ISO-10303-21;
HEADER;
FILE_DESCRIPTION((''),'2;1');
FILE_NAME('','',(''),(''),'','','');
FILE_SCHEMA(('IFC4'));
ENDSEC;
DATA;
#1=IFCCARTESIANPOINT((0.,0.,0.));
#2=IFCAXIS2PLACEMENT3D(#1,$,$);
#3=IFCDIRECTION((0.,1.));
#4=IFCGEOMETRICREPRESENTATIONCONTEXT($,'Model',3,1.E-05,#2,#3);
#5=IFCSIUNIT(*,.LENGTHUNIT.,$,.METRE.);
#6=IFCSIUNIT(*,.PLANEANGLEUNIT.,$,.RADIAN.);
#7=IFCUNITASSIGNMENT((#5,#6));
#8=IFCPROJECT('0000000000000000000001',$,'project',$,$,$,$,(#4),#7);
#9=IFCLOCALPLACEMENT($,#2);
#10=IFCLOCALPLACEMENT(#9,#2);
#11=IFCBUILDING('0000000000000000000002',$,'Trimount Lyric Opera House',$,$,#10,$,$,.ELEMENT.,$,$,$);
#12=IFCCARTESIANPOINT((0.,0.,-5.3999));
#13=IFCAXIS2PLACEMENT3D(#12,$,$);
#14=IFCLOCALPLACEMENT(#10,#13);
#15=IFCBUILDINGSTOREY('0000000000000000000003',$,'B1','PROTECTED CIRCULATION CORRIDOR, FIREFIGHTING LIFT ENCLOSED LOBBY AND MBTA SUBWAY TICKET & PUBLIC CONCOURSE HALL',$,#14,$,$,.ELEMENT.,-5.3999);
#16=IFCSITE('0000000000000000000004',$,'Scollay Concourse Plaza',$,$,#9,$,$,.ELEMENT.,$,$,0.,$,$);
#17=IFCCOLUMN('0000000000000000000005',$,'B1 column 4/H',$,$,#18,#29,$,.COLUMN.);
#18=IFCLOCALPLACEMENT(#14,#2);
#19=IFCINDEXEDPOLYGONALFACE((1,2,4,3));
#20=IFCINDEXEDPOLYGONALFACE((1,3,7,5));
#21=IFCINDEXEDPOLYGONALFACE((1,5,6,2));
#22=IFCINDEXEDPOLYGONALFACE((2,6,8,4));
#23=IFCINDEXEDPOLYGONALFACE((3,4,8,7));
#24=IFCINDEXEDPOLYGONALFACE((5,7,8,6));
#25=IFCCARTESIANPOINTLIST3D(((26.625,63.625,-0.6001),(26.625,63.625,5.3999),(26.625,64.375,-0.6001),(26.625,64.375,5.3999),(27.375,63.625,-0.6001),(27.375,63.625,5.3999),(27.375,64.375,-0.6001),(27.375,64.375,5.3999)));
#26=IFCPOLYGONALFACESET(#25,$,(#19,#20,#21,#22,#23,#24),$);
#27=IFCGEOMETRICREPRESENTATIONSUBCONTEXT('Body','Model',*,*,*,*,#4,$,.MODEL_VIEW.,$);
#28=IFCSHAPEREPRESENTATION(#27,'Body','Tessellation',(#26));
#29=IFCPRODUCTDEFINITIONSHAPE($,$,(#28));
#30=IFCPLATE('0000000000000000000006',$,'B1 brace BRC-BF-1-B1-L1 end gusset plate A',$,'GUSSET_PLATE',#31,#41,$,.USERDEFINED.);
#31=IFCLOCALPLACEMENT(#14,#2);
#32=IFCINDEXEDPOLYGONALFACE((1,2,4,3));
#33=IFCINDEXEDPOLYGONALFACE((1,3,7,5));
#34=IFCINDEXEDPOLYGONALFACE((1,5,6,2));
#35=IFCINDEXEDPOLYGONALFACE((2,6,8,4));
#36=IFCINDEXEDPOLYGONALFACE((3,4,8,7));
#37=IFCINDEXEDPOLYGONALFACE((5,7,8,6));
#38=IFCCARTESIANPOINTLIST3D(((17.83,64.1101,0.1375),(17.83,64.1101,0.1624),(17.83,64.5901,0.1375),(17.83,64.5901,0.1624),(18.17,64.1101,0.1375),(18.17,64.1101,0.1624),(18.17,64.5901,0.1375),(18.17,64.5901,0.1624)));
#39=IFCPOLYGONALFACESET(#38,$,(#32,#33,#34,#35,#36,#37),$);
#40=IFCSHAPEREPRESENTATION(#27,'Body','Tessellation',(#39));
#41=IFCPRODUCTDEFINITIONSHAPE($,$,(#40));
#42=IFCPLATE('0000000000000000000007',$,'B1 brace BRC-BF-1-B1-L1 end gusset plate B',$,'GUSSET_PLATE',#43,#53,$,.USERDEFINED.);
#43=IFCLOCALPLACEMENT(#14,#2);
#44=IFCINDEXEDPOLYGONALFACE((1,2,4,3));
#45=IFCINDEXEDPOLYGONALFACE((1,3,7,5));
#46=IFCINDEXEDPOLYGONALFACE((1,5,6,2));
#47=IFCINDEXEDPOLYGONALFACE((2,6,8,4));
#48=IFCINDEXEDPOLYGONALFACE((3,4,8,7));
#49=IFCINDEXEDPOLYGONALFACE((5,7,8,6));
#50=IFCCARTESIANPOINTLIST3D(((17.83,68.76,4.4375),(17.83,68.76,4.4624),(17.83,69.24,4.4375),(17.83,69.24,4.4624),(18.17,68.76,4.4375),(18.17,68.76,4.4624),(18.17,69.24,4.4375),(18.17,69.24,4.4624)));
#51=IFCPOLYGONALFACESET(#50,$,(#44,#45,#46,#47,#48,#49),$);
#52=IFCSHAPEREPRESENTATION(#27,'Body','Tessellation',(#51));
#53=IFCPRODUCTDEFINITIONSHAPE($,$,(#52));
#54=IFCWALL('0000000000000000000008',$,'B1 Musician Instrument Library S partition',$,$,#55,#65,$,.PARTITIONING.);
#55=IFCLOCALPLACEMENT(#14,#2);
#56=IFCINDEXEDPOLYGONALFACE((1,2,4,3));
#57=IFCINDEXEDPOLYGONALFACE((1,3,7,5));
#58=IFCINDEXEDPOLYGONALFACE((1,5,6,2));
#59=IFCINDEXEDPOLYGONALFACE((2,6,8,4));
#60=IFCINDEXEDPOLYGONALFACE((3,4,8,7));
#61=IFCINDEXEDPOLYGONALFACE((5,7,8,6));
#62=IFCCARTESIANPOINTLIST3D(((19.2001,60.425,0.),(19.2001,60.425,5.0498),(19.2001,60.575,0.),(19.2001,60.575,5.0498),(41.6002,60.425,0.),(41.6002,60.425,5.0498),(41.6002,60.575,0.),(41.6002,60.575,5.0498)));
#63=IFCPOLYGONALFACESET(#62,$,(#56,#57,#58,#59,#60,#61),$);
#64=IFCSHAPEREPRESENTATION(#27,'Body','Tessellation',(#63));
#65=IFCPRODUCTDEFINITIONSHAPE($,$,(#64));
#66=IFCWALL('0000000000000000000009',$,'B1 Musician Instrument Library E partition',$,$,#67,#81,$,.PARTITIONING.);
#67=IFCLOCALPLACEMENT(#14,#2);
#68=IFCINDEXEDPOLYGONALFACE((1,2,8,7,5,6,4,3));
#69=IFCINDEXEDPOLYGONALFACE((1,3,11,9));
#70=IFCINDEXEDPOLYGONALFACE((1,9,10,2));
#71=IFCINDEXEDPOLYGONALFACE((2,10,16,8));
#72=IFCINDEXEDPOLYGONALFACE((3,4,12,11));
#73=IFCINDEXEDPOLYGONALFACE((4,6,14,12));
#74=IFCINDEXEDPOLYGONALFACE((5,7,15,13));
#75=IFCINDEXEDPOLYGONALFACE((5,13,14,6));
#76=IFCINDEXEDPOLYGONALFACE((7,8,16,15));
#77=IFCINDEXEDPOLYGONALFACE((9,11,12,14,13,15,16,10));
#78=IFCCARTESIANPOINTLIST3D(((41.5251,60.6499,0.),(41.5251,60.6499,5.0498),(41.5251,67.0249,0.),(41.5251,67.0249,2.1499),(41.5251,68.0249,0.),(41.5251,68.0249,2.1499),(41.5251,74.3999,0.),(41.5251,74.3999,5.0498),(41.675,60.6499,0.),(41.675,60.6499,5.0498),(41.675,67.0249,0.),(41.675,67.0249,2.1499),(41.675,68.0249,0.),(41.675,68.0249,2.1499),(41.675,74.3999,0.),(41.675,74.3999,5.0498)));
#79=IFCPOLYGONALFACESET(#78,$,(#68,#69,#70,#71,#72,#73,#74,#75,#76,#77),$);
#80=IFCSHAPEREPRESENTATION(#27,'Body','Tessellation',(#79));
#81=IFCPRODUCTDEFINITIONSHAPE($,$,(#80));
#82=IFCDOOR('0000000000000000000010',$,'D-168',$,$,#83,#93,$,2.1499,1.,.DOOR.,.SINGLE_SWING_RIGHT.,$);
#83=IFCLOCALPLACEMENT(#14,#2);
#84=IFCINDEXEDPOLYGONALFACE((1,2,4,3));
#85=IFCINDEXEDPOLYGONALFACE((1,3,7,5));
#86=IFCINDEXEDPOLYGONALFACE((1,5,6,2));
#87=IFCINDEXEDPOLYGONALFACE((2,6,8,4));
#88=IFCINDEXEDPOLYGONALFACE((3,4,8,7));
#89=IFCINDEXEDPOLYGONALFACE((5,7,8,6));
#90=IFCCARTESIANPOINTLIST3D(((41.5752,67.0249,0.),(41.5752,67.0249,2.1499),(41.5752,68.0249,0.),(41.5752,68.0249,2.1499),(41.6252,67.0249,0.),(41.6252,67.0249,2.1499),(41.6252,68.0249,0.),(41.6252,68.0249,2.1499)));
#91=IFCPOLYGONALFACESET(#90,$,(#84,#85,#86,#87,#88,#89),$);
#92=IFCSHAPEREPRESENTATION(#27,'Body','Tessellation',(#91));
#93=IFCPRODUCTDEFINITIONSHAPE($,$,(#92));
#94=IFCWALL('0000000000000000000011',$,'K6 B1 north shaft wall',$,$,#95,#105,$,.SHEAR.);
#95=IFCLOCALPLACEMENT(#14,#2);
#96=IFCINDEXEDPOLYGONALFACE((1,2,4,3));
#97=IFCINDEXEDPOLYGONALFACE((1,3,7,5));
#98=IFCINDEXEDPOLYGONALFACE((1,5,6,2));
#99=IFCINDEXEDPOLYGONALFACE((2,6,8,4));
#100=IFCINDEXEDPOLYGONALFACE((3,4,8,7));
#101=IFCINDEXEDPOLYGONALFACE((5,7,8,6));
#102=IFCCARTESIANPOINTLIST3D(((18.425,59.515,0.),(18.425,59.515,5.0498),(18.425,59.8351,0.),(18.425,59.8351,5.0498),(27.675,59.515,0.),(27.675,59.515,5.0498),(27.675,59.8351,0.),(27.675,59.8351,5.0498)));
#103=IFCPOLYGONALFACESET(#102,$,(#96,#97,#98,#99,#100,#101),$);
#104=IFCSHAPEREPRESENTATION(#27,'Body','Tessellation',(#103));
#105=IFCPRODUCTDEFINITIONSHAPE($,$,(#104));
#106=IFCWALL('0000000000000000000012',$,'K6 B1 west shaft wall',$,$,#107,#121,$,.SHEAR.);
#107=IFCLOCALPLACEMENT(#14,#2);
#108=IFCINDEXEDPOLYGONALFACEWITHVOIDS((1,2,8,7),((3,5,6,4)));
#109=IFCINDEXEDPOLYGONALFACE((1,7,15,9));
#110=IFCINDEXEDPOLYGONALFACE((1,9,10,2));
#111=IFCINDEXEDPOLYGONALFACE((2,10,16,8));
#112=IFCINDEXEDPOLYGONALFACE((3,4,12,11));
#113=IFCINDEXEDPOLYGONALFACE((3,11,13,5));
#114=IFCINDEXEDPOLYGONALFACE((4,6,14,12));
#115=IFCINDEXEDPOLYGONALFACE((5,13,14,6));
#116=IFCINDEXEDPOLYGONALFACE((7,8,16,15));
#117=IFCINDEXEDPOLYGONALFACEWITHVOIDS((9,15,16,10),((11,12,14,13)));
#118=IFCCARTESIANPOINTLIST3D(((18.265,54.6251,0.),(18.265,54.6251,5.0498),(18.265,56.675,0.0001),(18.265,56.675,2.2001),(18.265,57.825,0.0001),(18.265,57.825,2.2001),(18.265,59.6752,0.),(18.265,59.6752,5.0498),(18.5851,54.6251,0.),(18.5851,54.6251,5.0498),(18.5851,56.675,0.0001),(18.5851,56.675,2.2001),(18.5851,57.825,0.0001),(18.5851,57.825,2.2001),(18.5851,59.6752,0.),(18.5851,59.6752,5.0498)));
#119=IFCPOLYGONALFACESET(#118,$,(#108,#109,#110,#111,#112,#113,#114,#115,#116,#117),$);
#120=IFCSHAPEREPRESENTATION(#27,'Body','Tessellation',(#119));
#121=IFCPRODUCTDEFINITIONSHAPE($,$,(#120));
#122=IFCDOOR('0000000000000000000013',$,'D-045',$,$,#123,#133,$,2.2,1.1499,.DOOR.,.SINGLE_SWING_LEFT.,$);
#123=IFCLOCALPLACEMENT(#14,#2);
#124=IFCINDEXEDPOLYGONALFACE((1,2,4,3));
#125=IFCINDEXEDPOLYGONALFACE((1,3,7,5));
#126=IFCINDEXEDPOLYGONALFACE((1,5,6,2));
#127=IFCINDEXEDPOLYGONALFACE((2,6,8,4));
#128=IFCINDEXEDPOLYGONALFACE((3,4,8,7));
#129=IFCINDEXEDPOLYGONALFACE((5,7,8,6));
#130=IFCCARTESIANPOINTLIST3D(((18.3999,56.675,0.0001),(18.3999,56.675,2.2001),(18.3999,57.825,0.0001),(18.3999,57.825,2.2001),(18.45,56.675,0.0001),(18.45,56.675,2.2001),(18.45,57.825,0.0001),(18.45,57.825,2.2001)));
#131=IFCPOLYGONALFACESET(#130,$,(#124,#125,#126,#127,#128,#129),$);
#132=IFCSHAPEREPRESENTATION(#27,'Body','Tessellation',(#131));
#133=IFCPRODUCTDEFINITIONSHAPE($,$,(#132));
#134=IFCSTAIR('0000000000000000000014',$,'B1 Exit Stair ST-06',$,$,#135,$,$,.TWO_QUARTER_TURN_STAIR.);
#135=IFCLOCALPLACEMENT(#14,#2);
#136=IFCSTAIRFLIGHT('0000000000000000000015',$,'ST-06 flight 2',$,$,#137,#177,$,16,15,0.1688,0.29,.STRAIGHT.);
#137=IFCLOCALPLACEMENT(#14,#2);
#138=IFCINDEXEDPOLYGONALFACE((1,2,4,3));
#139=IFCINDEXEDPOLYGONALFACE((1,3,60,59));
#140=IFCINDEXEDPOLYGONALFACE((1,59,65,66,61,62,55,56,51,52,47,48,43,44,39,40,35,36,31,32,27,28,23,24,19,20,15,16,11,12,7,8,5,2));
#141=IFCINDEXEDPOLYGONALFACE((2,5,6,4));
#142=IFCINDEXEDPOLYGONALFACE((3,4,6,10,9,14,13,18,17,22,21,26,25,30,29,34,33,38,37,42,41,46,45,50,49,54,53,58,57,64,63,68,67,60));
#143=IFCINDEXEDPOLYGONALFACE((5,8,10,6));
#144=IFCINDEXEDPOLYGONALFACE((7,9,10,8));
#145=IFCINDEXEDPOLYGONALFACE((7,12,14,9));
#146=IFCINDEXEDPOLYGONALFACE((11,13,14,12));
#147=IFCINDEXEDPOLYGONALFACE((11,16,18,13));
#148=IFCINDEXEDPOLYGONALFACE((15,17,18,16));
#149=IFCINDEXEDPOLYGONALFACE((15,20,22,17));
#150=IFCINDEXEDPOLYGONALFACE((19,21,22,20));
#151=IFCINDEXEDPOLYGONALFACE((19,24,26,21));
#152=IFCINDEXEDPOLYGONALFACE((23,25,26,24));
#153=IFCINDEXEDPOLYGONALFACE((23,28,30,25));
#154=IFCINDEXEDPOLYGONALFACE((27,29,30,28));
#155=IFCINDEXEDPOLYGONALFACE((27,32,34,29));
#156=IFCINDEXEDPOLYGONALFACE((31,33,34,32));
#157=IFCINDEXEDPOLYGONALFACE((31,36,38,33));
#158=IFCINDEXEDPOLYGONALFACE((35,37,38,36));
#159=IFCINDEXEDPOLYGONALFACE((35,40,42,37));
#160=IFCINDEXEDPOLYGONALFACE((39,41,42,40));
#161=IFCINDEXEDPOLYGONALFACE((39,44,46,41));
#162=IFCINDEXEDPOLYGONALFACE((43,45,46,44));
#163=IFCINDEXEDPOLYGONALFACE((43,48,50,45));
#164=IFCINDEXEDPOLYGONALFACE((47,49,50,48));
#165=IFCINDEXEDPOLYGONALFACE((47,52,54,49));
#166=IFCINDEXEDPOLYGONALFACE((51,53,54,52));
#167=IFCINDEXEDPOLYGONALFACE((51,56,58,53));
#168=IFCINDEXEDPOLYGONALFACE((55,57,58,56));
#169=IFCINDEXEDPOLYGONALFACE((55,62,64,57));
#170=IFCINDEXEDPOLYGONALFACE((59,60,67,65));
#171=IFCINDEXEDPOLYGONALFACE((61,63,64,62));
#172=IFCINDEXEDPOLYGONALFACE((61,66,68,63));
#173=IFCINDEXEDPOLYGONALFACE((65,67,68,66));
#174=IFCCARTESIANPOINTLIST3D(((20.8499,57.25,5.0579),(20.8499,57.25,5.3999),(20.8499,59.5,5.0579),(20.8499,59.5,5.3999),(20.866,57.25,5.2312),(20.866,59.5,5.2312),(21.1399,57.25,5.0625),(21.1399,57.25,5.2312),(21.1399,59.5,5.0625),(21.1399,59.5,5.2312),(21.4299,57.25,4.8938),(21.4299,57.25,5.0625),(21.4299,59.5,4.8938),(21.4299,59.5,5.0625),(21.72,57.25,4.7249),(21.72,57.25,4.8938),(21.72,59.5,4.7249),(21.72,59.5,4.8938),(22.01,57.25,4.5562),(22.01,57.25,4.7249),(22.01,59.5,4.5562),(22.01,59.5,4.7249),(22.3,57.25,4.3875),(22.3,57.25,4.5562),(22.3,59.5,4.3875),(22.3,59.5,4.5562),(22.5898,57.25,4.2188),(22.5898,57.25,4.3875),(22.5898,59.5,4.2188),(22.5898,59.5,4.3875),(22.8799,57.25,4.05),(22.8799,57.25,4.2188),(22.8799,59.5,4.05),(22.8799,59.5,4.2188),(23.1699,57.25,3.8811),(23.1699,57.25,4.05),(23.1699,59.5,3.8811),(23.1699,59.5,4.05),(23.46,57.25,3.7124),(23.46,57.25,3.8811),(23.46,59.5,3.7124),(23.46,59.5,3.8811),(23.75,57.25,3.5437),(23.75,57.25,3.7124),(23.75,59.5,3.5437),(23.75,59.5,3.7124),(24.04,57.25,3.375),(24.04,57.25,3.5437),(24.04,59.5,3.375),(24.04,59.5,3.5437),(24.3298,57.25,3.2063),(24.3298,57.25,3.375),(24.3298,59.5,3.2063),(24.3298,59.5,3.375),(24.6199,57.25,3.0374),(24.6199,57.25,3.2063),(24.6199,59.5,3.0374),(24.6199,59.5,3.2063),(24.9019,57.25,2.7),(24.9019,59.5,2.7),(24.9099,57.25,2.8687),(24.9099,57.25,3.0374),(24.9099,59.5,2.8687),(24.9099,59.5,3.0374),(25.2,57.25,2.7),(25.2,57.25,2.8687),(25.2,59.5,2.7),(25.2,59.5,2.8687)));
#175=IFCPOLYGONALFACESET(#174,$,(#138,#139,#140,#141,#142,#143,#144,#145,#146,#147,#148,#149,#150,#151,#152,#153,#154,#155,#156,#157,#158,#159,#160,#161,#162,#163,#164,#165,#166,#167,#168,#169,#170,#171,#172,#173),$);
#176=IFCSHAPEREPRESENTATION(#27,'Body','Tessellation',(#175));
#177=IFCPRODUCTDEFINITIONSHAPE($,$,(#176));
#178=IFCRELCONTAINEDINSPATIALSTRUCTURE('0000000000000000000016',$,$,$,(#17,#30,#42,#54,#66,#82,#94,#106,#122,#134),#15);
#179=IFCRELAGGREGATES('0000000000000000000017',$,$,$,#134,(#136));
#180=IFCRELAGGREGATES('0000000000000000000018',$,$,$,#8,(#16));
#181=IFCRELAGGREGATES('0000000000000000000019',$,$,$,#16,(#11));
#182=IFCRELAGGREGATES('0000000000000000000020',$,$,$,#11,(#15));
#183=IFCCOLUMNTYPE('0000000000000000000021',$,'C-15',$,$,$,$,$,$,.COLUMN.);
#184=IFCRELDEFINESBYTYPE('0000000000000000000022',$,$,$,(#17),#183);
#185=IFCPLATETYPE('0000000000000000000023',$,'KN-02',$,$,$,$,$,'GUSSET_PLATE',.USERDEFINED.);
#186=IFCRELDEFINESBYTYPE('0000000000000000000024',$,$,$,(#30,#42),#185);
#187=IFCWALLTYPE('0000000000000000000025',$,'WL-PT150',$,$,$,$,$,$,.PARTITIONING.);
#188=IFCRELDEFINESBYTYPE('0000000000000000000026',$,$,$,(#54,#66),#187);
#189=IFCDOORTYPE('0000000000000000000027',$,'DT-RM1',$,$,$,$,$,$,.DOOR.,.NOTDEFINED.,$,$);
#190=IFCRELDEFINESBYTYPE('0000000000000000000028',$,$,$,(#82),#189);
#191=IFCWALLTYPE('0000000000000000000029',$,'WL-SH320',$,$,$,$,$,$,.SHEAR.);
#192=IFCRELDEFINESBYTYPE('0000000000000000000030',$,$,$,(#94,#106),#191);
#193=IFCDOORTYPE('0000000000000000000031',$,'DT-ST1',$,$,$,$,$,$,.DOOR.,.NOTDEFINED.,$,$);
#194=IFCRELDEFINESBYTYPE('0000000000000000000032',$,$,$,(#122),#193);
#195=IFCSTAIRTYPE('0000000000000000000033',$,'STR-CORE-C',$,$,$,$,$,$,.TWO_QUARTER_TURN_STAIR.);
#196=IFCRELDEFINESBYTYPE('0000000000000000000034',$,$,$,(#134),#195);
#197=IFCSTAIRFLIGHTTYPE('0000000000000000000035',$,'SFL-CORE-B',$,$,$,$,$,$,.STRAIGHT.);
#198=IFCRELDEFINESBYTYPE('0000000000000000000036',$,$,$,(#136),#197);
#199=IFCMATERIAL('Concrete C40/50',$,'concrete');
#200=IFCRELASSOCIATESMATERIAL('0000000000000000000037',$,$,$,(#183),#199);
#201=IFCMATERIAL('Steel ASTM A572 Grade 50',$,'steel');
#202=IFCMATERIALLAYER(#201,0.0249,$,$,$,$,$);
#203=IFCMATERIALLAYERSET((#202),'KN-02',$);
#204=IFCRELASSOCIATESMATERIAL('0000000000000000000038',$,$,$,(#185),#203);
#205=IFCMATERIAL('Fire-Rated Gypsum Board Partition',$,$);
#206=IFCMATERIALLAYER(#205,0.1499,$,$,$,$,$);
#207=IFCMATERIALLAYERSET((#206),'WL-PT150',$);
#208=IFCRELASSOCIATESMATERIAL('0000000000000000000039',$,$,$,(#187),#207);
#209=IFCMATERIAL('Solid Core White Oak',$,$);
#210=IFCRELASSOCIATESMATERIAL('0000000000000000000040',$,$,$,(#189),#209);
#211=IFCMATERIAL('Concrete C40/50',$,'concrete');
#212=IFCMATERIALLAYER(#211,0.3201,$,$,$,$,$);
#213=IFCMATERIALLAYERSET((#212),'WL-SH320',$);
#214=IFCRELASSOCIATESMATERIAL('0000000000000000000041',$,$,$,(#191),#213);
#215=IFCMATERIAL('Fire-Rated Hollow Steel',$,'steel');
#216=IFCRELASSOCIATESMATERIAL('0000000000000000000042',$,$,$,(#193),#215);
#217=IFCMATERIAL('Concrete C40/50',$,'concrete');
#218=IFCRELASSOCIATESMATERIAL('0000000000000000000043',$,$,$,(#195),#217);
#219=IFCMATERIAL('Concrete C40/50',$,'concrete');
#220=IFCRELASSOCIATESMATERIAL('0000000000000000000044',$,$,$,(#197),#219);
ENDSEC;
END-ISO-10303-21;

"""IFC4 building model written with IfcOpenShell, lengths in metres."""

from ifc_helpers import new_model, si_unit, direction, frame, frame_2d, origin, origin_2d, place, context, subcontext, project, spatial, polyline, rectangle, outline, extrude, material, layer, layer_set, material_profile, profile_set, type_object, element, fill, aggregate, save


model = new_model("IFC4")

# Units and contexts
model_context = context("Model", 3, precision=1e-05, world=origin(), true_north=direction((0.0, 1.0)))
body_context = subcontext(model_context, "Body", "Model", "MODEL_VIEW")
ifc_project = project(units=[si_unit("LENGTHUNIT", "METRE"), si_unit("PLANEANGLEUNIT", "RADIAN")], contexts=[model_context])

# Site, building, storey
site_placement = place(None, origin())
site = spatial("IfcSite", under=ifc_project, at=site_placement, Name="Scollay Concourse Plaza", CompositionType="ELEMENT", RefElevation=0.0)
building_placement = place(site_placement, origin())
building = spatial("IfcBuilding", under=site, at=building_placement, Name="Trimount Lyric Opera House", CompositionType="ELEMENT")
storey_placement = place(building_placement, frame((0.0, 0.0, -5.3999)))
storey = spatial("IfcBuildingStorey", under=building, at=storey_placement, Name="B1", Description="PROTECTED CIRCULATION CORRIDOR, FIREFIGHTING LIFT ENCLOSED LOBBY AND MBTA SUBWAY TICKET & PUBLIC CONCOURSE HALL", CompositionType="ELEMENT", Elevation=-5.3999)

# Column
ifc_material_1 = material(Name="Concrete C40/50", Category="concrete")
ifc_material_profile_1 = material_profile(ifc_material_1, rectangle(XDim=0.75, YDim=0.75, at=origin_2d()), Name="RC750X750")
ifc_profile_set_1 = profile_set([ifc_material_profile_1], Name="Concrete C40/50")
column_type_1 = type_object("IfcColumnType", Name="C-15", PredefinedType="COLUMN", material=ifc_profile_set_1)
column_1_placement = place(storey_placement, frame((27.0, 64.0, -0.6001), z_axis=(0.0, 0.0, 1.0), x_axis=(1.0, 0.0, 0.0)))
element("IfcColumn", 1, at=column_1_placement, inside=storey, type_object=column_type_1, Name="B1 column 4/H", PredefinedType="COLUMN", context=body_context, shape_type="SweptSolid", body=[
    extrude(rectangle(XDim=0.75, YDim=0.75, at=origin_2d()), origin(), (0.0, 0.0, 1.0), 6.0),
])

# Plates
ifc_material_2 = material(Name="Steel ASTM A572 Grade 50", Category="steel")
ifc_layer_1 = layer(ifc_material_2, 0.0249)
ifc_layer_set_1 = layer_set([ifc_layer_1], Name="KN-02")
plate_type = type_object("IfcPlateType", Name="KN-02", ElementType="GUSSET_PLATE", PredefinedType="USERDEFINED", material=ifc_layer_set_1)
for number, where, z_axis, x_axis, name in (
    (2, (18.0, 64.3501, 0.1375), (0.0, 0.0, 1.0), (0.0, 1.0, 0.0), "B1 brace BRC-BF-1-B1-L1 end gusset plate A"),
    (3, (18.0, 69.0, 4.4375), (0.0, 0.0, 1.0), (0.0, 1.0, 0.0), "B1 brace BRC-BF-1-B1-L1 end gusset plate B"),
):
    element("IfcPlate", number, at=place(storey_placement, frame(where, z_axis=z_axis, x_axis=x_axis)), inside=storey, type_object=plate_type, Name=name, ObjectType="GUSSET_PLATE", PredefinedType="USERDEFINED", context=body_context, shape_type="SweptSolid", body=[
        extrude(rectangle(XDim=0.48, YDim=0.3401, at=origin_2d()), origin(), (0.0, 0.0, 1.0), 0.0249),
    ])

# Wall
ifc_material_3 = material(Name="Fire-Rated Gypsum Board Partition")
ifc_layer_2 = layer(ifc_material_3, 0.1499)
ifc_layer_set_2 = layer_set([ifc_layer_2], Name="WL-PT150")
wall_type_1 = type_object("IfcWallType", Name="WL-PT150", PredefinedType="PARTITIONING", material=ifc_layer_set_2)
wall_1_placement = place(storey_placement, frame((19.2, 60.5, 0.0), z_axis=(0.0, 0.0, 1.0), x_axis=(1.0, 0.0, 0.0)))
element("IfcWall", 4, at=wall_1_placement, inside=storey, type_object=wall_type_1, Name="B1 Musician Instrument Library S partition", PredefinedType="PARTITIONING", context=body_context, shape_type="SweptSolid", body=[
    extrude(rectangle(XDim=22.4001, YDim=0.1499, at=frame_2d((11.2002, 0.0))), origin(), (0.0, 0.0, 1.0), 5.0498),
])

# Wall, opening, door
wall_2_placement = place(storey_placement, frame((41.6001, 60.6499, 0.0), z_axis=(0.0, 0.0, 1.0), x_axis=(0.0, 1.0, 0.0)))
wall_2 = element("IfcWall", 5, at=wall_2_placement, inside=storey, type_object=wall_type_1, Name="B1 Musician Instrument Library E partition", PredefinedType="PARTITIONING", context=body_context, shape_type="SweptSolid", body=[
    extrude(rectangle(XDim=13.75, YDim=0.1499, at=frame_2d((6.875, 0.0))), origin(), (0.0, 0.0, 1.0), 5.0498),
])
opening_1_placement = place(wall_2_placement, frame((6.375, 0.0, 0.0)))
opening_1 = element("IfcOpeningElement", 6, at=opening_1_placement, cuts=wall_2, PredefinedType="OPENING", context=body_context, shape_type="SweptSolid", body=[
    extrude(rectangle(XDim=1.0, YDim=2.1499, at=frame_2d((0.5, 1.075))), frame((0.0, 0.085, 0.0), z_axis=(0.0, -1.0, 0.0), x_axis=(1.0, 0.0, 0.0)), (0.0, 0.0, 1.0), 0.1699),
])
ifc_material_4 = material(Name="Solid Core White Oak")
door_type_1 = type_object("IfcDoorType", Name="DT-RM1", OperationType="NOTDEFINED", PredefinedType="DOOR", material=ifc_material_4)
door_1_placement = place(opening_1_placement, origin())
door_1 = element("IfcDoor", 7, at=door_1_placement, inside=storey, type_object=door_type_1, Name="D-168", OperationType="SINGLE_SWING_RIGHT", OverallHeight=2.1499, OverallWidth=1.0, PredefinedType="DOOR", context=body_context, shape_type="SweptSolid", body=[
    extrude(rectangle(XDim=1.0, YDim=2.1499, at=frame_2d((0.5, 1.075))), frame((0.0, 0.0249, 0.0), z_axis=(0.0, -1.0, 0.0), x_axis=(1.0, 0.0, 0.0)), (0.0, 0.0, 1.0), 0.05),
])
fill(opening_1, door_1)

# Wall
ifc_material_5 = material(Name="Concrete C40/50", Category="concrete")
ifc_layer_3 = layer(ifc_material_5, 0.3201)
ifc_layer_set_3 = layer_set([ifc_layer_3], Name="WL-SH320")
wall_type_2 = type_object("IfcWallType", Name="WL-SH320", PredefinedType="SHEAR", material=ifc_layer_set_3)
wall_3_placement = place(storey_placement, frame((27.675, 59.675, 0.0), z_axis=(0.0, 0.0, 1.0), x_axis=(-1.0, 0.0, 0.0)))
element("IfcWall", 8, at=wall_3_placement, inside=storey, type_object=wall_type_2, Name="K6 B1 north shaft wall", PredefinedType="SHEAR", context=body_context, shape_type="SweptSolid", body=[
    extrude(rectangle(XDim=9.25, YDim=0.3201, at=frame_2d((4.625, 0.0))), origin(), (0.0, 0.0, 1.0), 5.0498),
])

# Wall, opening, door
wall_4_placement = place(storey_placement, frame((18.425, 59.675, 0.0), z_axis=(0.0, 0.0, 1.0), x_axis=(0.0, -1.0, 0.0)))
wall_4 = element("IfcWall", 9, at=wall_4_placement, inside=storey, type_object=wall_type_2, Name="K6 B1 west shaft wall", PredefinedType="SHEAR", context=body_context, shape_type="SweptSolid", body=[
    extrude(rectangle(XDim=5.05, YDim=0.3201, at=frame_2d((2.5249, 0.0))), origin(), (0.0, 0.0, 1.0), 5.0498),
])
opening_2_placement = place(wall_4_placement, frame((1.8501, 0.0, 0.0)))
opening_2 = element("IfcOpeningElement", 10, at=opening_2_placement, cuts=wall_4, PredefinedType="OPENING", context=body_context, shape_type="SweptSolid", body=[
    extrude(rectangle(XDim=1.1499, YDim=2.2, at=frame_2d((0.575, 1.1001))), frame((0.0, 0.1699, 0.0), z_axis=(0.0, -1.0, 0.0), x_axis=(1.0, 0.0, 0.0)), (0.0, 0.0, 1.0), 0.3401),
])
ifc_material_6 = material(Name="Fire-Rated Hollow Steel", Category="steel")
door_type_2 = type_object("IfcDoorType", Name="DT-ST1", OperationType="NOTDEFINED", PredefinedType="DOOR", material=ifc_material_6)
door_2_placement = place(opening_2_placement, origin())
door_2 = element("IfcDoor", 11, at=door_2_placement, inside=storey, type_object=door_type_2, Name="D-045", OperationType="SINGLE_SWING_LEFT", OverallHeight=2.2, OverallWidth=1.1499, PredefinedType="DOOR", context=body_context, shape_type="SweptSolid", body=[
    extrude(rectangle(XDim=1.1499, YDim=2.2, at=frame_2d((0.575, 1.1001))), frame((0.0, 0.0249, 0.0), z_axis=(0.0, -1.0, 0.0), x_axis=(1.0, 0.0, 0.0)), (0.0, 0.0, 1.0), 0.05),
])
fill(opening_2, door_2)

# Stair, stair flight
ifc_material_7 = material(Name="Concrete C40/50", Category="concrete")
stair_type = type_object("IfcStairType", Name="STR-CORE-C", PredefinedType="TWO_QUARTER_TURN_STAIR", material=ifc_material_7)
stair_placement = place(storey_placement, origin())
stair = element("IfcStair", 12, at=stair_placement, inside=storey, type_object=stair_type, Name="B1 Exit Stair ST-06", PredefinedType="TWO_QUARTER_TURN_STAIR")
ifc_material_8 = material(Name="Concrete C40/50", Category="concrete")
stair_flight_type = type_object("IfcStairFlightType", Name="SFL-CORE-B", PredefinedType="STRAIGHT", material=ifc_material_8)
stair_flight_placement = place(storey_placement, frame((25.2, 58.375, 2.7), z_axis=(0.0, 0.0, 1.0), x_axis=(-1.0, 0.0, 0.0)))
stair_flight = element("IfcStairFlight", 13, at=stair_flight_placement, type_object=stair_flight_type, Name="ST-06 flight 2", NumberOfRisers=16, NumberOfTreads=15, PredefinedType="STRAIGHT", RiserHeight=0.1688, TreadLength=0.29, context=body_context, shape_type="SweptSolid", body=[
    extrude(outline(polyline([(0.0, 0.0), (0.0, 0.1687), (0.29, 0.1687), (0.29, 0.3374), (0.5801, 0.3374), (0.5801, 0.5063), (0.8701, 0.5063), (0.8701, 0.675), (1.1599, 0.675), (1.1599, 0.8438), (1.45, 0.8438), (1.45, 1.0125), (1.74, 1.0125), (1.74, 1.1812), (2.03, 1.1812), (2.03, 1.3501), (2.3201, 1.3501), (2.3201, 1.5188), (2.6101, 1.5188), (2.6101, 1.6875), (2.8999, 1.6875), (2.8999, 1.8562), (3.1899, 1.8562), (3.1899, 2.0249), (3.48, 2.0249), (3.48, 2.1938), (3.77, 2.1938), (3.77, 2.3625), (4.0601, 2.3625), (4.0601, 2.5312), (4.334, 2.5312), (4.3501, 2.7), (4.3501, 2.3579), (0.2981, 0.0), (0.0, 0.0)])), frame((0.0, 1.125, 0.0), z_axis=(0.0, -1.0, 0.0), x_axis=(1.0, 0.0, 0.0)), (0.0, 0.0, 1.0), 2.25),
])
aggregate(stair, [stair_flight])

save(model, "model.ifc")
